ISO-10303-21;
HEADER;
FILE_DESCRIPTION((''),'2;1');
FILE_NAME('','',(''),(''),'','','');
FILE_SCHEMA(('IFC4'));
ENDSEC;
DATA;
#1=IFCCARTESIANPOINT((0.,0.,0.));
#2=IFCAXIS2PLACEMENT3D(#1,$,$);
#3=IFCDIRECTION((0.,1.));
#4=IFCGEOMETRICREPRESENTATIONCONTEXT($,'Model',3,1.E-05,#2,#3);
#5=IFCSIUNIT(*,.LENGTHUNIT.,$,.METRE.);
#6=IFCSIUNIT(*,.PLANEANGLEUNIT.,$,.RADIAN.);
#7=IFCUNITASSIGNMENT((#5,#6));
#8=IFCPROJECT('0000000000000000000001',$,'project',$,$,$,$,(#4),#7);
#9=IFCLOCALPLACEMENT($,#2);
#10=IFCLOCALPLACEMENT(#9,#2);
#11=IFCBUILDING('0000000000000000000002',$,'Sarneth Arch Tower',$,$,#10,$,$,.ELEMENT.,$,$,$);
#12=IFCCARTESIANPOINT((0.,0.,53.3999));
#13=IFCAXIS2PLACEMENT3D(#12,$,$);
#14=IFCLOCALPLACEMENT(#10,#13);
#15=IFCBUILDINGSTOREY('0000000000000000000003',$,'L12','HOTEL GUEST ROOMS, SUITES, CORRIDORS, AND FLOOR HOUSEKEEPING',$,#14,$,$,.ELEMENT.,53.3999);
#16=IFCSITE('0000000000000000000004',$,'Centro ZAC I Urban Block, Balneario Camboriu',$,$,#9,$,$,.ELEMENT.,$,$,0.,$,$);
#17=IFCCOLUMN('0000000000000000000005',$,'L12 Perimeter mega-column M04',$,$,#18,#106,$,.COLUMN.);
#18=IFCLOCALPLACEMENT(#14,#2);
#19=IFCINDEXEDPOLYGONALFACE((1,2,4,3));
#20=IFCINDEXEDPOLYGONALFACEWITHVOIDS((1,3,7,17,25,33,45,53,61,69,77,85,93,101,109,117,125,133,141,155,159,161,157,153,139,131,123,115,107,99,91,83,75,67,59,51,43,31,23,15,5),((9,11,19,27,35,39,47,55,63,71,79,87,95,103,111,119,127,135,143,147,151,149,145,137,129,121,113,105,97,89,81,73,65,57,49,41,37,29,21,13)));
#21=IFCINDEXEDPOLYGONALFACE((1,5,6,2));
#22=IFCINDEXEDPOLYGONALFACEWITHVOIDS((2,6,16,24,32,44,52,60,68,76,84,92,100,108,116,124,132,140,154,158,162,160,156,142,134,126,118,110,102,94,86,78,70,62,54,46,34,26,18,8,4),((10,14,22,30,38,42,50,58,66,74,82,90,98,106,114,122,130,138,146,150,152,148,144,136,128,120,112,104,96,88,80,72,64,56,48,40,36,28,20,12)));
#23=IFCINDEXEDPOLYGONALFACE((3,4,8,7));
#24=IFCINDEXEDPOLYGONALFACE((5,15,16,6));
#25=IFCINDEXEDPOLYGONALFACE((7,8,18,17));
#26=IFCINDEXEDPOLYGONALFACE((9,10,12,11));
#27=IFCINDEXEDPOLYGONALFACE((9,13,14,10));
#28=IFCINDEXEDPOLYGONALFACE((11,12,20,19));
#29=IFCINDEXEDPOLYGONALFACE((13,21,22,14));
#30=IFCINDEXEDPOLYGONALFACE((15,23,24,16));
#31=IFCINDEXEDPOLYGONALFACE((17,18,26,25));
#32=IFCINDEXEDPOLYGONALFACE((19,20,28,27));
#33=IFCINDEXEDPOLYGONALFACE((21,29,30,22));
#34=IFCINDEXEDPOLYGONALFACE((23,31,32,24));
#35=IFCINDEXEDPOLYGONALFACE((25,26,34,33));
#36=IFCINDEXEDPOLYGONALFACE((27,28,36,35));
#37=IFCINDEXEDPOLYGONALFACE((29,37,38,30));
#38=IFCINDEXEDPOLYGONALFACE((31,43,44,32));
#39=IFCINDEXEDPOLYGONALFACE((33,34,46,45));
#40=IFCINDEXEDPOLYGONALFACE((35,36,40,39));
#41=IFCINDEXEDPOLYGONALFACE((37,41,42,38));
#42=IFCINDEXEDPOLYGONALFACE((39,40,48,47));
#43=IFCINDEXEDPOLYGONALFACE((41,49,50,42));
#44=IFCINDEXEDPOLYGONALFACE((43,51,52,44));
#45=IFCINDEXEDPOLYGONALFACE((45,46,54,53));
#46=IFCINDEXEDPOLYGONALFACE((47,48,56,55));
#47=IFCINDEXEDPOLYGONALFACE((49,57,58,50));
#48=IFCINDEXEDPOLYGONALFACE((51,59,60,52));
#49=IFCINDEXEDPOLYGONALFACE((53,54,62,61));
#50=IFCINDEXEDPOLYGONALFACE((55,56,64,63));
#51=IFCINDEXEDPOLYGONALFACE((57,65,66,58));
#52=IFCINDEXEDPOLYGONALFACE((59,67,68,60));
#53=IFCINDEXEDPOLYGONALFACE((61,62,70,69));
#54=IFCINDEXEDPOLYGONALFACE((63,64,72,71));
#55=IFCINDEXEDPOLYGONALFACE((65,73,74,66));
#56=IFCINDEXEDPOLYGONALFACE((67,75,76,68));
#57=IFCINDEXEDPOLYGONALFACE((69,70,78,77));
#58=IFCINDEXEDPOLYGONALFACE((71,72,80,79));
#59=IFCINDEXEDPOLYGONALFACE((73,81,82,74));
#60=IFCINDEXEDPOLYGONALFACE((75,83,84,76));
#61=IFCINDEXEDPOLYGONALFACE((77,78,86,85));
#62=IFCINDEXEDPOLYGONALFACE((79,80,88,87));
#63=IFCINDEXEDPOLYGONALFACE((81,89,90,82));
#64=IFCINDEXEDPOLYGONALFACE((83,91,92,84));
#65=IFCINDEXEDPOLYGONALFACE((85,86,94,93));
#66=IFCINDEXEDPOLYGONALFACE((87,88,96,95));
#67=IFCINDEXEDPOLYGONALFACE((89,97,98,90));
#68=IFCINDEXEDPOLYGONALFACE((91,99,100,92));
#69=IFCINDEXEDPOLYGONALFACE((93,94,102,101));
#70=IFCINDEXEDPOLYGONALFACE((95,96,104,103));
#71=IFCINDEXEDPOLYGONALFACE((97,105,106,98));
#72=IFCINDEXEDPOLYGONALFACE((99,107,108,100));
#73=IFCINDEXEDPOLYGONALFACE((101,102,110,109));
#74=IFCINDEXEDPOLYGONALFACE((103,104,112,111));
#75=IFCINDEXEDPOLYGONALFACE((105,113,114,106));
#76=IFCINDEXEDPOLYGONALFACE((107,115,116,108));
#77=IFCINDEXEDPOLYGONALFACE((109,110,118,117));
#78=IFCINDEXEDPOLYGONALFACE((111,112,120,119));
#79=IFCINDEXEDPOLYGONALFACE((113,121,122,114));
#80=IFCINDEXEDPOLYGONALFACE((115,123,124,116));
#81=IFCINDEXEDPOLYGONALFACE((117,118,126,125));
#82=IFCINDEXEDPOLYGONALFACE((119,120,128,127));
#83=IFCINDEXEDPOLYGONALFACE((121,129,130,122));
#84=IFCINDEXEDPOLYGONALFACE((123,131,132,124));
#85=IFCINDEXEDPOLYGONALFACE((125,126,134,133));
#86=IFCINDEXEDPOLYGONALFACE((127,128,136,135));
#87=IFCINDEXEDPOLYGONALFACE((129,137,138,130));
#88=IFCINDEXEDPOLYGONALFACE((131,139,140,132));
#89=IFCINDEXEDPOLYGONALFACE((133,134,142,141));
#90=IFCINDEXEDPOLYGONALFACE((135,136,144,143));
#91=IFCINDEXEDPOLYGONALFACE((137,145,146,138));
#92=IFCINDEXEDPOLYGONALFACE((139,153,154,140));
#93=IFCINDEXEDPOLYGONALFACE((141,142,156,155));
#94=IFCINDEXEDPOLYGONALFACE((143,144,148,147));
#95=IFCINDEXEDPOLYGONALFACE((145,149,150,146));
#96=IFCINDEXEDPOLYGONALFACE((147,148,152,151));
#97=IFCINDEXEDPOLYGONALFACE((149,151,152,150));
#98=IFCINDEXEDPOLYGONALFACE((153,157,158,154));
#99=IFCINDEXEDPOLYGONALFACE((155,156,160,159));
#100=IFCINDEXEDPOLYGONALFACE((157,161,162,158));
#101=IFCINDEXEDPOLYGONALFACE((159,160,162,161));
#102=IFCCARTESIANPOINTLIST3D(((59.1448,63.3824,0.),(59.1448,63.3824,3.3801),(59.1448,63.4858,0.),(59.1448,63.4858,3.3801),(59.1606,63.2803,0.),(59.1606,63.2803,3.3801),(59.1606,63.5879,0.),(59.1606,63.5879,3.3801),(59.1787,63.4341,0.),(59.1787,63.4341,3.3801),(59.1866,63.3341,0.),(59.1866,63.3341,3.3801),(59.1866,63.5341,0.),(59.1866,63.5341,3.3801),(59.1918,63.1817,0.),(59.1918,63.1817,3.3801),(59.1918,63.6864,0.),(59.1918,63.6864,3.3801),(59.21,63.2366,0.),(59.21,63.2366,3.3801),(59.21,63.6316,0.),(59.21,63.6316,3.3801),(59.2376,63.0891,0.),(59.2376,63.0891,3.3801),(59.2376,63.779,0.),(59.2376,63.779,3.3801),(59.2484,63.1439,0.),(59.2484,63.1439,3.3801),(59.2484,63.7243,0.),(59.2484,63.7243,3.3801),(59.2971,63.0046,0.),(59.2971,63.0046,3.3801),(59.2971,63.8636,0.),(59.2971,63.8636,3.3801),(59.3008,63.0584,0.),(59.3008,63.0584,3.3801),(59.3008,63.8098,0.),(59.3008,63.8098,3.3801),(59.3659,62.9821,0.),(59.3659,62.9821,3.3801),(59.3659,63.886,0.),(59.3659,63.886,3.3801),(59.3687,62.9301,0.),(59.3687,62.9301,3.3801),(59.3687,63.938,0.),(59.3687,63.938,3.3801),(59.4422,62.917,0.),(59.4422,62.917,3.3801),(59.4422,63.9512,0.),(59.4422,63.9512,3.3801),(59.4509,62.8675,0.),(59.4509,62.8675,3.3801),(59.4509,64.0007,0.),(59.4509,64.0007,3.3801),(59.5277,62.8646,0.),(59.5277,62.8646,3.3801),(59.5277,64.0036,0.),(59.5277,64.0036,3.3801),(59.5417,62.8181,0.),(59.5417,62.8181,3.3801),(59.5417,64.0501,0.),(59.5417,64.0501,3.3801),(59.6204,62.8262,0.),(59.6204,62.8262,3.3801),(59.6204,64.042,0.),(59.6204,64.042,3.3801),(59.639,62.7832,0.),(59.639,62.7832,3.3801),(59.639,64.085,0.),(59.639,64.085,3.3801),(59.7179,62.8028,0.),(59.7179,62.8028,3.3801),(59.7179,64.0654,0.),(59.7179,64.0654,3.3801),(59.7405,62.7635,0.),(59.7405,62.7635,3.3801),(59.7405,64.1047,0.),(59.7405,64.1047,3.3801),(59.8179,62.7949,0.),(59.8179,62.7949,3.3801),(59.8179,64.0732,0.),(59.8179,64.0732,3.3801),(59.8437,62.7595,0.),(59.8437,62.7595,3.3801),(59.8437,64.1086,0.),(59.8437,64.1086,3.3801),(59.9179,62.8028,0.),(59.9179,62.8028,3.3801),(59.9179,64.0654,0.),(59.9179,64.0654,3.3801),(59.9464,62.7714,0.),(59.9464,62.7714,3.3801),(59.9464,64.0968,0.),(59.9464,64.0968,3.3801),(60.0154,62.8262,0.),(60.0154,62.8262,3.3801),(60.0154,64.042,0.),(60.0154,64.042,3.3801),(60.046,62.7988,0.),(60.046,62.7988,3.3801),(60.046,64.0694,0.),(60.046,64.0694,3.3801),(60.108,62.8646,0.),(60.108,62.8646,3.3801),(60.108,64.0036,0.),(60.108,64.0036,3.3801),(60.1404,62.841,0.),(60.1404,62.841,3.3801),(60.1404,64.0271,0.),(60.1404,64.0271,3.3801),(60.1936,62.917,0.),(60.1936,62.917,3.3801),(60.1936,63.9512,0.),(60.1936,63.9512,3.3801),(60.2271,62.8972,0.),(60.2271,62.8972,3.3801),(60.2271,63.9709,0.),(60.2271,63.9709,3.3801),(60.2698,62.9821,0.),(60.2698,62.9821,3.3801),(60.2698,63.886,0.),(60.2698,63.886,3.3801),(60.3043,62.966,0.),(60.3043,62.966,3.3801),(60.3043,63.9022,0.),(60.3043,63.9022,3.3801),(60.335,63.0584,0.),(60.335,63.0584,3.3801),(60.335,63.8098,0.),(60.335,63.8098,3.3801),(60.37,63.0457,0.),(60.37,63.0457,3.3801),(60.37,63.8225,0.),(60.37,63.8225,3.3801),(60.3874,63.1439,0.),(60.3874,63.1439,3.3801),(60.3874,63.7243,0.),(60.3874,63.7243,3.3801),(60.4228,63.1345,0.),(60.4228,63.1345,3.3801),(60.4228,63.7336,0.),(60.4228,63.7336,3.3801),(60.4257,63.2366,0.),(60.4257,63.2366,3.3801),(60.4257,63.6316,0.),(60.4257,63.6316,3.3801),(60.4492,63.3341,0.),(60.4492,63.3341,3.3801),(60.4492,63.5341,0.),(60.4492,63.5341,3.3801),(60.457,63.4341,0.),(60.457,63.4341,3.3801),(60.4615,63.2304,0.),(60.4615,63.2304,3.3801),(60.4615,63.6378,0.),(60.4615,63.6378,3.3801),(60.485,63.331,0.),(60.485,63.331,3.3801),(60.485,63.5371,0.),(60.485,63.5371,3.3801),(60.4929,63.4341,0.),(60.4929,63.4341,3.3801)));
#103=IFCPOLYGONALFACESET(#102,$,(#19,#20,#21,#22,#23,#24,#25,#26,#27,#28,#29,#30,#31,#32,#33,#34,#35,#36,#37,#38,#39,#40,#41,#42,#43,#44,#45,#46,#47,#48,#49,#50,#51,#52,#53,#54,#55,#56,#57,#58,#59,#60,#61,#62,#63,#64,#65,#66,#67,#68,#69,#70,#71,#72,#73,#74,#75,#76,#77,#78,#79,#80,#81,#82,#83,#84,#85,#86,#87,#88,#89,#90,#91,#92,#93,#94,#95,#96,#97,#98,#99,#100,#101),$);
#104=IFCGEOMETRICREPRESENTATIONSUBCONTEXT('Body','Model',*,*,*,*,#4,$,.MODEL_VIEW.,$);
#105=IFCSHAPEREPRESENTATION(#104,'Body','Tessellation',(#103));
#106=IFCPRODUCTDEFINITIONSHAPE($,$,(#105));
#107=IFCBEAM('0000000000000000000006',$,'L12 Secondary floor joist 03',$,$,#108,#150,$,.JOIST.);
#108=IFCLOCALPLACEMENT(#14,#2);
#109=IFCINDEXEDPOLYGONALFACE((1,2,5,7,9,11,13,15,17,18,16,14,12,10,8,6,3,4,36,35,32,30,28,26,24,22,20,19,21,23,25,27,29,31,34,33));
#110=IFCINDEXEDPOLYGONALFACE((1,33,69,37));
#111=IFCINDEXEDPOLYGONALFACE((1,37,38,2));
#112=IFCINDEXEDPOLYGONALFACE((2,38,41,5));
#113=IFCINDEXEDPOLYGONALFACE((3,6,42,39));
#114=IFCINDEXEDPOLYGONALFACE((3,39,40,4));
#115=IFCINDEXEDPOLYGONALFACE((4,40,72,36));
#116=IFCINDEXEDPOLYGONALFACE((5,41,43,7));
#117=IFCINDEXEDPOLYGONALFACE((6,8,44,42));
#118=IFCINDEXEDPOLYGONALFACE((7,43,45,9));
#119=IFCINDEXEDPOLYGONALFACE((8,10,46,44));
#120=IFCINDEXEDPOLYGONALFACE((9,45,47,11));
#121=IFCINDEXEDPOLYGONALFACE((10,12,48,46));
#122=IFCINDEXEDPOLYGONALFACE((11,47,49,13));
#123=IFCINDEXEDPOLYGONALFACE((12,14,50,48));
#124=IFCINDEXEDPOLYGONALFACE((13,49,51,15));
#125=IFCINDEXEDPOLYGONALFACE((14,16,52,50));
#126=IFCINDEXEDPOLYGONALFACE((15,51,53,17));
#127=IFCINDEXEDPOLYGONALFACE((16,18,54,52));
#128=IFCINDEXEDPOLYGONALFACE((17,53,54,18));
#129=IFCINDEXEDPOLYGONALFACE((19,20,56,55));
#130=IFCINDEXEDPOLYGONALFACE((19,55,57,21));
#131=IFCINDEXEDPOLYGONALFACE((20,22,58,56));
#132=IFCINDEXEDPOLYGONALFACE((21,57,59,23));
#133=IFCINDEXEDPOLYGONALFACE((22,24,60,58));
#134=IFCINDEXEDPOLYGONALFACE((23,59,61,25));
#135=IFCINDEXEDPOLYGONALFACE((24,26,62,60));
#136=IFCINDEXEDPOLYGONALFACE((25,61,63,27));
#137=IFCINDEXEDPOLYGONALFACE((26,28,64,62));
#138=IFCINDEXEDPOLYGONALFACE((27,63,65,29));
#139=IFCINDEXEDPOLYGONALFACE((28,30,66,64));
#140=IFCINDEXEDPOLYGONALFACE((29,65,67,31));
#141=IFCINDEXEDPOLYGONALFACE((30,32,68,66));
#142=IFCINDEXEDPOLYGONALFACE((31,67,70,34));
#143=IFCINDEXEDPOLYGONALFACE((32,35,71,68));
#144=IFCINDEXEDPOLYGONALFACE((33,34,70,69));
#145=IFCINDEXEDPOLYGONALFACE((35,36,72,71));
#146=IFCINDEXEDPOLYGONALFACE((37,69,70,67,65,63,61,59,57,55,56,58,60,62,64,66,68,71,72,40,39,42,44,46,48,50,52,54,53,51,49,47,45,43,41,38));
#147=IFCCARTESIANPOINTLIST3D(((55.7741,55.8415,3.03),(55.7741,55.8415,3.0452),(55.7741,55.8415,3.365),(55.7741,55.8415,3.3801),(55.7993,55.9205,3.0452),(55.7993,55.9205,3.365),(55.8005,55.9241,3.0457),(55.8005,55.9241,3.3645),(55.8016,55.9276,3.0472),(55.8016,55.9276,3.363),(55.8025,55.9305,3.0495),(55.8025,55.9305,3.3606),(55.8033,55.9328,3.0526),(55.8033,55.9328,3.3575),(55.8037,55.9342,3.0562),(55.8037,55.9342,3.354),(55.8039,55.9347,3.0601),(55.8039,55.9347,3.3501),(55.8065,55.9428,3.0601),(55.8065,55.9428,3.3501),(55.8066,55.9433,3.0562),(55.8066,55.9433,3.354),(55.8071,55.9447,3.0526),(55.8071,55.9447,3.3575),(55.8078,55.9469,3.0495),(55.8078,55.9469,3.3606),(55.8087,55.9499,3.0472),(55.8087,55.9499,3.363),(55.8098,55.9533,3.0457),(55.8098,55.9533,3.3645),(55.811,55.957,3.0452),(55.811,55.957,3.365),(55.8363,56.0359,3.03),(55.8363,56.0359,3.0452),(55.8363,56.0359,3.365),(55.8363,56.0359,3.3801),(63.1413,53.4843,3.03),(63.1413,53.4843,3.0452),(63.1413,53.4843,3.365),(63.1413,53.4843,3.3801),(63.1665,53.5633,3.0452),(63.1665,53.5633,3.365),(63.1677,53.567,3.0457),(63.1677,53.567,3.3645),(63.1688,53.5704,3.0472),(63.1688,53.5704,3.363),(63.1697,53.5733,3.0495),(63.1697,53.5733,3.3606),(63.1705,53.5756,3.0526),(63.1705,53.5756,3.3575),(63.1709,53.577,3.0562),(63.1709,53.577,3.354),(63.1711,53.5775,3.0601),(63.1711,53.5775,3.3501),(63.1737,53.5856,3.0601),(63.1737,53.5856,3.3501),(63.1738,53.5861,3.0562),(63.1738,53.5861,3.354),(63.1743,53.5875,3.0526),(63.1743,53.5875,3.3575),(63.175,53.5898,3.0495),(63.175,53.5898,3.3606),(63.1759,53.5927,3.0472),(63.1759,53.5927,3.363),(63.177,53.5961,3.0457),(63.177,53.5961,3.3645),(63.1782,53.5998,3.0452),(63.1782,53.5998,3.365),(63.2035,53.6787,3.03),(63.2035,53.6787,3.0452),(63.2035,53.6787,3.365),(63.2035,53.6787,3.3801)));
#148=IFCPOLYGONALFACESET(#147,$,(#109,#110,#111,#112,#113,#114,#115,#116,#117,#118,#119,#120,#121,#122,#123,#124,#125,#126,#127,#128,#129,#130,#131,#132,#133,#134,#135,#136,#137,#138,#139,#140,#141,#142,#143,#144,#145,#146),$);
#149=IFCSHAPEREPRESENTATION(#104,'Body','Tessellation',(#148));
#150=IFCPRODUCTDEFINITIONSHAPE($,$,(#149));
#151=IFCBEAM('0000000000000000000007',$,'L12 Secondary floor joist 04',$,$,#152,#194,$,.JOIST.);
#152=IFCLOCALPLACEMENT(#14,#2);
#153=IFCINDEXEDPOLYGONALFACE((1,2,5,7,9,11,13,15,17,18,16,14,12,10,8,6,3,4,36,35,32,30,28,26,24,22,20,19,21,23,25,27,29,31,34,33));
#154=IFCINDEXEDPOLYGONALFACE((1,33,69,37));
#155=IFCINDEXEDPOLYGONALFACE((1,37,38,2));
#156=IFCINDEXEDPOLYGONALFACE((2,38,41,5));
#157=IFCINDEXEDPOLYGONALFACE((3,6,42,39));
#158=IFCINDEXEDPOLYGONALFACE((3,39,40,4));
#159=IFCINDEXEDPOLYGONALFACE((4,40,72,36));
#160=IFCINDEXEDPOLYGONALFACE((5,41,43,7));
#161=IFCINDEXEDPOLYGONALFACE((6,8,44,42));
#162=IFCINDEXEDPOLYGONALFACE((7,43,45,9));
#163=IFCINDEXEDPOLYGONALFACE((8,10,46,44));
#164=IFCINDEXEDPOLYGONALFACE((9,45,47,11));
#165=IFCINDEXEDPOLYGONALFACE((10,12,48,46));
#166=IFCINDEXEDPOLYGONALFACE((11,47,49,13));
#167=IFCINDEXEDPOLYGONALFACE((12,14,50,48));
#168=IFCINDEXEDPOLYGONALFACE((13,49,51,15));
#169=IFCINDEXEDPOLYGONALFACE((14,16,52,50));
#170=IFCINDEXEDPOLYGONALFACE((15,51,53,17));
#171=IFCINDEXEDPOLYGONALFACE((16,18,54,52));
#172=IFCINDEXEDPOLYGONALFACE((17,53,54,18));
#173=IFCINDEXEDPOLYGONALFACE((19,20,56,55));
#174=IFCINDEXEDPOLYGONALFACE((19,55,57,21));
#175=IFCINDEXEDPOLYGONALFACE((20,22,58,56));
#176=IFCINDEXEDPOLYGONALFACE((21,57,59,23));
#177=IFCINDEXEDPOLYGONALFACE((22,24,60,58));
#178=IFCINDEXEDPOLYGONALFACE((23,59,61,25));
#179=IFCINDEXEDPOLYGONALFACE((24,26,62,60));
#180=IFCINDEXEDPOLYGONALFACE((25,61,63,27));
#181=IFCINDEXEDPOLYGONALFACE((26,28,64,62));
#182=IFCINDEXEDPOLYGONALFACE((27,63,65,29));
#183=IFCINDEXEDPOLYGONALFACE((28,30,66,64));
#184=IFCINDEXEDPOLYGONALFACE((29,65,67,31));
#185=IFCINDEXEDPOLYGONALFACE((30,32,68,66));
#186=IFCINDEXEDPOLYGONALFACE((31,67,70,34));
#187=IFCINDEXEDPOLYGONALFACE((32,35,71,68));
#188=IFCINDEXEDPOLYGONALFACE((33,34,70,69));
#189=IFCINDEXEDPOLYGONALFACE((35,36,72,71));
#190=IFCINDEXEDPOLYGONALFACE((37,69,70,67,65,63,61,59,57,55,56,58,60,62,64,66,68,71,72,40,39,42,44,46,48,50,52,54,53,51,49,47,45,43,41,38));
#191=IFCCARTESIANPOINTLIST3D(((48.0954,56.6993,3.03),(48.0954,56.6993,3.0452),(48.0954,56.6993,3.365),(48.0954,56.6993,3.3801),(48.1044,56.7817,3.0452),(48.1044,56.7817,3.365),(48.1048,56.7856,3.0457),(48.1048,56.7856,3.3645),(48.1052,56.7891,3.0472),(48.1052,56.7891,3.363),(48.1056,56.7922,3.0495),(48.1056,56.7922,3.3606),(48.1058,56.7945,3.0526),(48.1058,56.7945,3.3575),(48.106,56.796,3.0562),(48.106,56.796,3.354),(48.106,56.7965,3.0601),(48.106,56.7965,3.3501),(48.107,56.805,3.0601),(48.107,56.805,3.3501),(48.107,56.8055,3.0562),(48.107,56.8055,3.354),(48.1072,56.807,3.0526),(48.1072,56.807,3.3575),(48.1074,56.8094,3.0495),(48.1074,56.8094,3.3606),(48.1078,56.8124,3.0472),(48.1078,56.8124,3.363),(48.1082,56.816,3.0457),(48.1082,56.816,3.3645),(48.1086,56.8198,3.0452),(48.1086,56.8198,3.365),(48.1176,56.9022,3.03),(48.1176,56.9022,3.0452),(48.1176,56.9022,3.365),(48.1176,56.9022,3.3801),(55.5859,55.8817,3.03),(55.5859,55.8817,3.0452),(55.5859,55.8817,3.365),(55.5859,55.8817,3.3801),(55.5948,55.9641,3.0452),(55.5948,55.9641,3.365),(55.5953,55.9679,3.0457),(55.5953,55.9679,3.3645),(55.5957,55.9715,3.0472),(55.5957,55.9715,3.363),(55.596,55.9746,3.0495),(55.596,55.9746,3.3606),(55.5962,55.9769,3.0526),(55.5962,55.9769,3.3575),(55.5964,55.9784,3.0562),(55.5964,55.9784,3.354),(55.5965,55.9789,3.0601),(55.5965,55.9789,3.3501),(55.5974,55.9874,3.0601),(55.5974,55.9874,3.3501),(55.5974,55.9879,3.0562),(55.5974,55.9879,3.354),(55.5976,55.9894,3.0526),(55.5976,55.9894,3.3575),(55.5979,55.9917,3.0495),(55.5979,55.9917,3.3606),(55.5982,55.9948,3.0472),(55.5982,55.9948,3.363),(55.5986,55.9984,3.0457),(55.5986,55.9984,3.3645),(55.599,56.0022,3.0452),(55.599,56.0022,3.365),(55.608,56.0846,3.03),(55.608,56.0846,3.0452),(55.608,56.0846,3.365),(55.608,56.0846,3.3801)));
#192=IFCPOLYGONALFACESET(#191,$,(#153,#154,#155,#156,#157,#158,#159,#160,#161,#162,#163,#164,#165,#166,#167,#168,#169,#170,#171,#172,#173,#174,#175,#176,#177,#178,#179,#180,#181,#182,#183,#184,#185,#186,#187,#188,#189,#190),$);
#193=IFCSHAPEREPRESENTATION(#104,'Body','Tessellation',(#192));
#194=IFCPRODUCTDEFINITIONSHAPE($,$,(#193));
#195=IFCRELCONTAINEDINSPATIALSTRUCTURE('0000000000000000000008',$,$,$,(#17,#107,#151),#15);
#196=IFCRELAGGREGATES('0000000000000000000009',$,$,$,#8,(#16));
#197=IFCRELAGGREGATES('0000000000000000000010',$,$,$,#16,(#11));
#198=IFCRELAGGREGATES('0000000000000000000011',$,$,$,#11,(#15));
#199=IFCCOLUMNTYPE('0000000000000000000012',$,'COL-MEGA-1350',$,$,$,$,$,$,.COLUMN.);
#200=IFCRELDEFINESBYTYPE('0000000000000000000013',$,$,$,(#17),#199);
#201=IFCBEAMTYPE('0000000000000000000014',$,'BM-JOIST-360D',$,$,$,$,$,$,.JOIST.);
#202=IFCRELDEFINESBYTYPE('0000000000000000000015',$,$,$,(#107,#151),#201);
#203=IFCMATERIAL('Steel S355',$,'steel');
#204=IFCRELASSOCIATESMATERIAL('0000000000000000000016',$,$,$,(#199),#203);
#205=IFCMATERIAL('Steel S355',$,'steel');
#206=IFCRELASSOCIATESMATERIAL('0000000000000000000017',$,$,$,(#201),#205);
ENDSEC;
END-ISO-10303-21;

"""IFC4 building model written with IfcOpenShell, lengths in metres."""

from ifc_helpers import new_model, si_unit, direction, frame, origin, origin_2d, place, context, subcontext, project, spatial, hollow_circle, i_section, extrude, material, material_profile, profile_set, type_object, element, save


model = new_model("IFC4")

# Units and contexts
model_context = context("Model", 3, precision=1e-05, world=origin(), true_north=direction((0.0, 1.0)))
body_context = subcontext(model_context, "Body", "Model", "MODEL_VIEW")
ifc_project = project(units=[si_unit("LENGTHUNIT", "METRE"), si_unit("PLANEANGLEUNIT", "RADIAN")], contexts=[model_context])

# Site, building, storey
site_placement = place(None, origin())
site = spatial("IfcSite", under=ifc_project, at=site_placement, Name="Centro ZAC I Urban Block, Balneario Camboriu", CompositionType="ELEMENT", RefElevation=0.0)
building_placement = place(site_placement, origin())
building = spatial("IfcBuilding", under=site, at=building_placement, Name="Sarneth Arch Tower", CompositionType="ELEMENT")
storey_placement = place(building_placement, frame((0.0, 0.0, 53.3999)))
storey = spatial("IfcBuildingStorey", under=building, at=storey_placement, Name="L12", Description="HOTEL GUEST ROOMS, SUITES, CORRIDORS, AND FLOOR HOUSEKEEPING", CompositionType="ELEMENT", Elevation=53.3999)

# Column
ifc_material_1 = material(Name="Steel S355", Category="steel")
ifc_material_profile_1 = material_profile(ifc_material_1, hollow_circle(Radius=0.675, WallThickness=0.0359, at=origin_2d()), Name="CHS1350x36")
ifc_profile_set_1 = profile_set([ifc_material_profile_1], Name="Steel S355")
column_type = type_object("IfcColumnType", Name="COL-MEGA-1350", PredefinedType="COLUMN", material=ifc_profile_set_1)
column_placement = place(storey_placement, frame((59.8179, 63.4341, 0.0), z_axis=(0.0, 0.0, 1.0), x_axis=(1.0, 0.0, 0.0)))
element("IfcColumn", 1, at=column_placement, inside=storey, type_object=column_type, Name="L12 Perimeter mega-column M04", PredefinedType="COLUMN", context=body_context, shape_type="SweptSolid", body=[
    extrude(hollow_circle(Radius=0.675, WallThickness=0.0359, at=origin_2d()), origin(), (0.0, 0.0, 1.0), 3.3801),
])

# Beams
ifc_material_2 = material(Name="Steel S355", Category="steel")
ifc_material_profile_2 = material_profile(ifc_material_2, i_section(OverallWidth=0.2041, OverallDepth=0.3501, WebThickness=0.0085, FlangeThickness=0.0151, FilletRadius=0.0149, at=origin_2d()), Name="W360x72")
ifc_profile_set_2 = profile_set([ifc_material_profile_2], Name="Steel S355")
beam_type_1 = type_object("IfcBeamType", Name="BM-JOIST-360D", PredefinedType="JOIST", material=ifc_profile_set_2)
beam_1_placement = place(storey_placement, frame((63.1724, 53.5815, 3.2051), z_axis=(-0.952436, 0.304738, 0.0), x_axis=(-0.304738, -0.952436, 0.0)))
element("IfcBeam", 2, at=beam_1_placement, inside=storey, type_object=beam_type_1, Name="L12 Secondary floor joist 03", PredefinedType="JOIST", context=body_context, shape_type="SweptSolid", body=[
    extrude(i_section(OverallWidth=0.2041, OverallDepth=0.3501, WebThickness=0.0085, FlangeThickness=0.0151, FilletRadius=0.0149, at=origin_2d()), origin(), (0.0, 0.0, 1.0), 7.7351),
])
beam_2_placement = place(storey_placement, frame((55.5969, 55.9832, 3.2051), z_axis=(-0.994095, 0.108511, 0.0), x_axis=(-0.108511, -0.994095, 0.0)))
element("IfcBeam", 3, at=beam_2_placement, inside=storey, type_object=beam_type_1, Name="L12 Secondary floor joist 04", PredefinedType="JOIST", context=body_context, shape_type="SweptSolid", body=[
    extrude(i_section(OverallWidth=0.2041, OverallDepth=0.3501, WebThickness=0.0085, FlangeThickness=0.0151, FilletRadius=0.0149, at=origin_2d()), origin(), (0.0, 0.0, 1.0), 7.5349),
])

save(model, "model.ifc")
